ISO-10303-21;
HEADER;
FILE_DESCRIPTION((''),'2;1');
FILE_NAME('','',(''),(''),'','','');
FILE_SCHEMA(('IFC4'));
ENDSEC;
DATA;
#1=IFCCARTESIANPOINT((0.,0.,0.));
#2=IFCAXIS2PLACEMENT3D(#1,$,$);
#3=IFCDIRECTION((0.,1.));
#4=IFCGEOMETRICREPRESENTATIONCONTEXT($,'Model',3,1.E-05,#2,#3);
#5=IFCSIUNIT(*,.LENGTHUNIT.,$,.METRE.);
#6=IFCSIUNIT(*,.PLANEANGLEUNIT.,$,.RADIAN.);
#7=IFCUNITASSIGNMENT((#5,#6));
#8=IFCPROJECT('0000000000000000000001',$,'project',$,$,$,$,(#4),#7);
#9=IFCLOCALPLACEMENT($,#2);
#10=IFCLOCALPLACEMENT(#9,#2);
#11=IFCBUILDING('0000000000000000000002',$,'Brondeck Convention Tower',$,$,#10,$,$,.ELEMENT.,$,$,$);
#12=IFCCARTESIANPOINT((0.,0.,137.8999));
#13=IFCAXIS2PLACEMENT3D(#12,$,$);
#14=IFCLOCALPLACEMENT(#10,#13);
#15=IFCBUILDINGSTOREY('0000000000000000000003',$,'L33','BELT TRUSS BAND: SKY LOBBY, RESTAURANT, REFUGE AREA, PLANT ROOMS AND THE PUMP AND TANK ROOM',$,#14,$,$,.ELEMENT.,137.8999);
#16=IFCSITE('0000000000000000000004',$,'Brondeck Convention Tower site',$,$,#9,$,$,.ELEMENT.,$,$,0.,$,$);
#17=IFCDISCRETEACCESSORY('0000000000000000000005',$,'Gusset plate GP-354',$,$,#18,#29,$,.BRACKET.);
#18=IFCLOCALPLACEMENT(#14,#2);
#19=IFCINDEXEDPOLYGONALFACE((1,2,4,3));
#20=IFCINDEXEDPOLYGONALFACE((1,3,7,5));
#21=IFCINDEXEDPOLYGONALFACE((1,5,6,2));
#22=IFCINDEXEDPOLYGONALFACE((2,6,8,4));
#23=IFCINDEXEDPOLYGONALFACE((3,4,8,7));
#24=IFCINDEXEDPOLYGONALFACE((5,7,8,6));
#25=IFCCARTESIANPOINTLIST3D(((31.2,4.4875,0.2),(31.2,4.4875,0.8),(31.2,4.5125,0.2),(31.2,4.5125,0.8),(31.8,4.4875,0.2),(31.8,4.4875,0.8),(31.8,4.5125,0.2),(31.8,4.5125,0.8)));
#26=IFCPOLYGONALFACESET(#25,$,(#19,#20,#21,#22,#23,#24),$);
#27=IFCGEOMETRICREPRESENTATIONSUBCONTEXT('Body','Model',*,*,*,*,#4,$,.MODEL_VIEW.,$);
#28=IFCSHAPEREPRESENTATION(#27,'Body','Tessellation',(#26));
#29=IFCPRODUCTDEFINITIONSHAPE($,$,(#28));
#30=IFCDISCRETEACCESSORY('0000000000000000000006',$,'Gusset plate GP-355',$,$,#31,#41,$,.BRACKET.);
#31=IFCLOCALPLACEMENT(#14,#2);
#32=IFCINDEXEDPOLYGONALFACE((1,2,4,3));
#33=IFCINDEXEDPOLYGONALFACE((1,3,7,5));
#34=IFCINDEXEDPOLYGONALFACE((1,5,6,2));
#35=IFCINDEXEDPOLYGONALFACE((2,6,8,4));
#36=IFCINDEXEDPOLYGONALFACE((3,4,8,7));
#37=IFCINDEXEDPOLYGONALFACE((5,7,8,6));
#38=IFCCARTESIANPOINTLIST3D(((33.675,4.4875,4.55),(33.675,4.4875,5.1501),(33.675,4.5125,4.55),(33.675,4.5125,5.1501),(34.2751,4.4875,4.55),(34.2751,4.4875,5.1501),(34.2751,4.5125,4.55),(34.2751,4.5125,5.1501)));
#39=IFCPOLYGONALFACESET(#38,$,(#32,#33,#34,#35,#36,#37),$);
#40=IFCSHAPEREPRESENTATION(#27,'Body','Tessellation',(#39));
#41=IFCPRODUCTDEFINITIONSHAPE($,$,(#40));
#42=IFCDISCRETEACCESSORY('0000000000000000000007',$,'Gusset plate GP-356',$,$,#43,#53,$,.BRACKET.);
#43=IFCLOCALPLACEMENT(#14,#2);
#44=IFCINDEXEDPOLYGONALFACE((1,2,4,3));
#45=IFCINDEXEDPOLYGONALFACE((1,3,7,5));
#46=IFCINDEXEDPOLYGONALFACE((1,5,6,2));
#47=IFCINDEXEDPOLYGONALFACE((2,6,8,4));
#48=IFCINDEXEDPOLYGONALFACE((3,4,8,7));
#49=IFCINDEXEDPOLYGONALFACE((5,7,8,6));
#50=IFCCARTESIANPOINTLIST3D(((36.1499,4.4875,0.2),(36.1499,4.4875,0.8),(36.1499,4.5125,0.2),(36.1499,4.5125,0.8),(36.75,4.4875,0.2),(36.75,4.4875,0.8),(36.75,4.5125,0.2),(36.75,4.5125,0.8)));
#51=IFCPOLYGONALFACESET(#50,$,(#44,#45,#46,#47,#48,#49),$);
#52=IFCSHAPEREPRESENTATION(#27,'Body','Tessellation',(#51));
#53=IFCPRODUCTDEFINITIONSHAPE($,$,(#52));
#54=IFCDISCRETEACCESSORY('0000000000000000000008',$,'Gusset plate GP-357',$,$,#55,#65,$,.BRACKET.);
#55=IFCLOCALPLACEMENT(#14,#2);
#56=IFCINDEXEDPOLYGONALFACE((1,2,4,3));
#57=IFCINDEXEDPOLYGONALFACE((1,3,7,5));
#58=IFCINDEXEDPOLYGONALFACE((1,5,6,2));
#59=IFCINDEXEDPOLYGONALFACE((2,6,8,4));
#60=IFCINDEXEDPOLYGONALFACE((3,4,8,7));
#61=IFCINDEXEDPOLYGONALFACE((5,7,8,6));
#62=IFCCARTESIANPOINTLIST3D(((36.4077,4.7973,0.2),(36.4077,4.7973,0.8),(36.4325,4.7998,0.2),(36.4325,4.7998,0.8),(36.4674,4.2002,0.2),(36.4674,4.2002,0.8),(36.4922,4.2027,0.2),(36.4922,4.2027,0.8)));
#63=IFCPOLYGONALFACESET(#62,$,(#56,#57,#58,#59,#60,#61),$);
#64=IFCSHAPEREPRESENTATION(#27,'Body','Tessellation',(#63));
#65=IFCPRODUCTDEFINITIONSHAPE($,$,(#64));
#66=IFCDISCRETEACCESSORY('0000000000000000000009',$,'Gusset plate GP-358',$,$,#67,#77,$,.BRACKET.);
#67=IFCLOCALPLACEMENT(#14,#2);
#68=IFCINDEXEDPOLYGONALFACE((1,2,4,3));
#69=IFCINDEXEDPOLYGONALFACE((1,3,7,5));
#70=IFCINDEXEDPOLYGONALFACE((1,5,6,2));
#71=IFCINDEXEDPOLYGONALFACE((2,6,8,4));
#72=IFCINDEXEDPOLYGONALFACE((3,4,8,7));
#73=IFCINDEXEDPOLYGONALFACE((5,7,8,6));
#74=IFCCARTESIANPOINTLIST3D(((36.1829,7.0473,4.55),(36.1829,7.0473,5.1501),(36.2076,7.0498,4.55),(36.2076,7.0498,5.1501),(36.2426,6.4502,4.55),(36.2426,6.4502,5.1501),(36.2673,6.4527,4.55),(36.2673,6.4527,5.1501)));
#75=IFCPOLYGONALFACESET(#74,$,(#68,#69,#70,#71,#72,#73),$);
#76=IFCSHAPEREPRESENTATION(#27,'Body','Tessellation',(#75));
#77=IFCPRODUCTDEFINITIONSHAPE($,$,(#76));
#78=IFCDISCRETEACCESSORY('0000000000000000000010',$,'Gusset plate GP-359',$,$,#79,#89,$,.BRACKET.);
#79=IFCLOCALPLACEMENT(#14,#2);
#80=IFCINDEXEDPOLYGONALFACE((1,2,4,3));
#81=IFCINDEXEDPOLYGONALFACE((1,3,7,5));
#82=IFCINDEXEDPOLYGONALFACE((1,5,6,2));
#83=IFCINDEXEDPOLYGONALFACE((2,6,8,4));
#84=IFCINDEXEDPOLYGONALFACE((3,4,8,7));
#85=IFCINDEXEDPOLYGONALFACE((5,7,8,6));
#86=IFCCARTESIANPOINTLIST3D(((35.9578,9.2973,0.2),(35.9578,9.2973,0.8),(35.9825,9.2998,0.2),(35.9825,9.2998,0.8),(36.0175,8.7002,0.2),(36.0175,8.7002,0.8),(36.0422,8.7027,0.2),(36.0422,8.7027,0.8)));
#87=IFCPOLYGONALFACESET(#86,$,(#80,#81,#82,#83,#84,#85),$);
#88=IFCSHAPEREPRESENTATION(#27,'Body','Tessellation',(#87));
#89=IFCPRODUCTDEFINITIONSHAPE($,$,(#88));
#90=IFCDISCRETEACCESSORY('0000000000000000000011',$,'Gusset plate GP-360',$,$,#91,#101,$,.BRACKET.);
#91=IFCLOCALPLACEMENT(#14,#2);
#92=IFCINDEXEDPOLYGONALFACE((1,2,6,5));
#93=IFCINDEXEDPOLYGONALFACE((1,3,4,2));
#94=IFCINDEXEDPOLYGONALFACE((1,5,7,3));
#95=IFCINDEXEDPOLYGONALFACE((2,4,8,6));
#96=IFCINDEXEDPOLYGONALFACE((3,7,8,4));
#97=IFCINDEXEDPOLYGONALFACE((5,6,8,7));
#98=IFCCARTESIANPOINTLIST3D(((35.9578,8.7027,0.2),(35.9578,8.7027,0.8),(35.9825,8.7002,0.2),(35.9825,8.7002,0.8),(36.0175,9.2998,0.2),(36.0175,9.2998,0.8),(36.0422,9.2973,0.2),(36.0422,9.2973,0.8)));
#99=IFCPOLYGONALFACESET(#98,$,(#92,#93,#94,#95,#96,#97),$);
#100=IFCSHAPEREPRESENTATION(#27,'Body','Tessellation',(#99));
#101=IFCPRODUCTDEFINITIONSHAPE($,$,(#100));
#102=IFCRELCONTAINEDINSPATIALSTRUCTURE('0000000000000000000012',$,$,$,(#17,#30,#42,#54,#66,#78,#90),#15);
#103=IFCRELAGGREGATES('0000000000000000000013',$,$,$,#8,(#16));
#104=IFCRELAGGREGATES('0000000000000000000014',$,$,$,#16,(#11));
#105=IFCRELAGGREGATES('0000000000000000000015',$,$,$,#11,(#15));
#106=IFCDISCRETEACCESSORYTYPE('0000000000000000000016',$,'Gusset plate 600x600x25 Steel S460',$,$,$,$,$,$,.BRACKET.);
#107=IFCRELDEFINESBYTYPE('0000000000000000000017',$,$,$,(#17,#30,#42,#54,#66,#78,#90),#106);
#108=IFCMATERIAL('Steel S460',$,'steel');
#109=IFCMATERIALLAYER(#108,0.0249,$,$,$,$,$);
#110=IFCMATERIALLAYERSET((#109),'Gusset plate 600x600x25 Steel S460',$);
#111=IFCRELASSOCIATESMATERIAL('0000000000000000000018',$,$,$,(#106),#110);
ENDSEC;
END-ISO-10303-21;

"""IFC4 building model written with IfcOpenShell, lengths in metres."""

from ifc_helpers import new_model, si_unit, direction, frame, origin, origin_2d, place, context, subcontext, project, spatial, rectangle, extrude, material, layer, layer_set, type_object, element, save


model = new_model("IFC4")

# Units and contexts
model_context = context("Model", 3, precision=1e-05, world=origin(), true_north=direction((0.0, 1.0)))
body_context = subcontext(model_context, "Body", "Model", "MODEL_VIEW")
ifc_project = project(units=[si_unit("LENGTHUNIT", "METRE"), si_unit("PLANEANGLEUNIT", "RADIAN")], contexts=[model_context])

# Site, building, storey
site_placement = place(None, origin())
site = spatial("IfcSite", under=ifc_project, at=site_placement, Name="Brondeck Convention Tower site", CompositionType="ELEMENT", RefElevation=0.0)
building_placement = place(site_placement, origin())
building = spatial("IfcBuilding", under=site, at=building_placement, Name="Brondeck Convention Tower", CompositionType="ELEMENT")
storey_placement = place(building_placement, frame((0.0, 0.0, 137.8999)))
storey = spatial("IfcBuildingStorey", under=building, at=storey_placement, Name="L33", Description="BELT TRUSS BAND: SKY LOBBY, RESTAURANT, REFUGE AREA, PLANT ROOMS AND THE PUMP AND TANK ROOM", CompositionType="ELEMENT", Elevation=137.8999)

# Shared definitions
ifc_material_1 = material(Name="Steel S460", Category="steel")

# Discrete accessories
ifc_layer_1 = layer(ifc_material_1, 0.0249)
ifc_layer_set_1 = layer_set([ifc_layer_1], Name="Gusset plate 600x600x25 Steel S460")
discrete_accessory_type = type_object("IfcDiscreteAccessoryType", Name="Gusset plate 600x600x25 Steel S460", PredefinedType="BRACKET", material=ifc_layer_set_1)
for number, where, z_axis, x_axis, name in (
    (1, (31.5, 4.5, 0.2), (0.0, 0.0, 1.0), (1.0, 0.0, 0.0), "Gusset plate GP-354"),
    (2, (33.9751, 4.5, 4.55), (0.0, 0.0, 1.0), (1.0, 0.0, 0.0), "Gusset plate GP-355"),
    (3, (36.45, 4.5, 0.2), (0.0, 0.0, 1.0), (1.0, 0.0, 0.0), "Gusset plate GP-356"),
    (4, (36.45, 4.5, 0.2), (0.0, 0.0, 1.0), (-0.099511, 0.995036, 0.0), "Gusset plate GP-357"),
    (5, (36.2251, 6.75, 4.55), (0.0, 0.0, 1.0), (-0.099511, 0.995036, 0.0), "Gusset plate GP-358"),
    (6, (36.0, 9.0, 0.2), (0.0, 0.0, 1.0), (-0.099511, 0.995036, 0.0), "Gusset plate GP-359"),
    (7, (36.0, 9.0, 0.2), (0.0, 0.0, 1.0), (0.099511, 0.995036, 0.0), "Gusset plate GP-360"),
):
    element("IfcDiscreteAccessory", number, at=place(storey_placement, frame(where, z_axis=z_axis, x_axis=x_axis)), inside=storey, type_object=discrete_accessory_type, Name=name, PredefinedType="BRACKET", context=body_context, shape_type="SweptSolid", body=[
        extrude(rectangle(XDim=0.6001, YDim=0.0249, at=origin_2d()), origin(), (0.0, 0.0, 1.0), 0.6001),
    ])

save(model, "model.ifc")
